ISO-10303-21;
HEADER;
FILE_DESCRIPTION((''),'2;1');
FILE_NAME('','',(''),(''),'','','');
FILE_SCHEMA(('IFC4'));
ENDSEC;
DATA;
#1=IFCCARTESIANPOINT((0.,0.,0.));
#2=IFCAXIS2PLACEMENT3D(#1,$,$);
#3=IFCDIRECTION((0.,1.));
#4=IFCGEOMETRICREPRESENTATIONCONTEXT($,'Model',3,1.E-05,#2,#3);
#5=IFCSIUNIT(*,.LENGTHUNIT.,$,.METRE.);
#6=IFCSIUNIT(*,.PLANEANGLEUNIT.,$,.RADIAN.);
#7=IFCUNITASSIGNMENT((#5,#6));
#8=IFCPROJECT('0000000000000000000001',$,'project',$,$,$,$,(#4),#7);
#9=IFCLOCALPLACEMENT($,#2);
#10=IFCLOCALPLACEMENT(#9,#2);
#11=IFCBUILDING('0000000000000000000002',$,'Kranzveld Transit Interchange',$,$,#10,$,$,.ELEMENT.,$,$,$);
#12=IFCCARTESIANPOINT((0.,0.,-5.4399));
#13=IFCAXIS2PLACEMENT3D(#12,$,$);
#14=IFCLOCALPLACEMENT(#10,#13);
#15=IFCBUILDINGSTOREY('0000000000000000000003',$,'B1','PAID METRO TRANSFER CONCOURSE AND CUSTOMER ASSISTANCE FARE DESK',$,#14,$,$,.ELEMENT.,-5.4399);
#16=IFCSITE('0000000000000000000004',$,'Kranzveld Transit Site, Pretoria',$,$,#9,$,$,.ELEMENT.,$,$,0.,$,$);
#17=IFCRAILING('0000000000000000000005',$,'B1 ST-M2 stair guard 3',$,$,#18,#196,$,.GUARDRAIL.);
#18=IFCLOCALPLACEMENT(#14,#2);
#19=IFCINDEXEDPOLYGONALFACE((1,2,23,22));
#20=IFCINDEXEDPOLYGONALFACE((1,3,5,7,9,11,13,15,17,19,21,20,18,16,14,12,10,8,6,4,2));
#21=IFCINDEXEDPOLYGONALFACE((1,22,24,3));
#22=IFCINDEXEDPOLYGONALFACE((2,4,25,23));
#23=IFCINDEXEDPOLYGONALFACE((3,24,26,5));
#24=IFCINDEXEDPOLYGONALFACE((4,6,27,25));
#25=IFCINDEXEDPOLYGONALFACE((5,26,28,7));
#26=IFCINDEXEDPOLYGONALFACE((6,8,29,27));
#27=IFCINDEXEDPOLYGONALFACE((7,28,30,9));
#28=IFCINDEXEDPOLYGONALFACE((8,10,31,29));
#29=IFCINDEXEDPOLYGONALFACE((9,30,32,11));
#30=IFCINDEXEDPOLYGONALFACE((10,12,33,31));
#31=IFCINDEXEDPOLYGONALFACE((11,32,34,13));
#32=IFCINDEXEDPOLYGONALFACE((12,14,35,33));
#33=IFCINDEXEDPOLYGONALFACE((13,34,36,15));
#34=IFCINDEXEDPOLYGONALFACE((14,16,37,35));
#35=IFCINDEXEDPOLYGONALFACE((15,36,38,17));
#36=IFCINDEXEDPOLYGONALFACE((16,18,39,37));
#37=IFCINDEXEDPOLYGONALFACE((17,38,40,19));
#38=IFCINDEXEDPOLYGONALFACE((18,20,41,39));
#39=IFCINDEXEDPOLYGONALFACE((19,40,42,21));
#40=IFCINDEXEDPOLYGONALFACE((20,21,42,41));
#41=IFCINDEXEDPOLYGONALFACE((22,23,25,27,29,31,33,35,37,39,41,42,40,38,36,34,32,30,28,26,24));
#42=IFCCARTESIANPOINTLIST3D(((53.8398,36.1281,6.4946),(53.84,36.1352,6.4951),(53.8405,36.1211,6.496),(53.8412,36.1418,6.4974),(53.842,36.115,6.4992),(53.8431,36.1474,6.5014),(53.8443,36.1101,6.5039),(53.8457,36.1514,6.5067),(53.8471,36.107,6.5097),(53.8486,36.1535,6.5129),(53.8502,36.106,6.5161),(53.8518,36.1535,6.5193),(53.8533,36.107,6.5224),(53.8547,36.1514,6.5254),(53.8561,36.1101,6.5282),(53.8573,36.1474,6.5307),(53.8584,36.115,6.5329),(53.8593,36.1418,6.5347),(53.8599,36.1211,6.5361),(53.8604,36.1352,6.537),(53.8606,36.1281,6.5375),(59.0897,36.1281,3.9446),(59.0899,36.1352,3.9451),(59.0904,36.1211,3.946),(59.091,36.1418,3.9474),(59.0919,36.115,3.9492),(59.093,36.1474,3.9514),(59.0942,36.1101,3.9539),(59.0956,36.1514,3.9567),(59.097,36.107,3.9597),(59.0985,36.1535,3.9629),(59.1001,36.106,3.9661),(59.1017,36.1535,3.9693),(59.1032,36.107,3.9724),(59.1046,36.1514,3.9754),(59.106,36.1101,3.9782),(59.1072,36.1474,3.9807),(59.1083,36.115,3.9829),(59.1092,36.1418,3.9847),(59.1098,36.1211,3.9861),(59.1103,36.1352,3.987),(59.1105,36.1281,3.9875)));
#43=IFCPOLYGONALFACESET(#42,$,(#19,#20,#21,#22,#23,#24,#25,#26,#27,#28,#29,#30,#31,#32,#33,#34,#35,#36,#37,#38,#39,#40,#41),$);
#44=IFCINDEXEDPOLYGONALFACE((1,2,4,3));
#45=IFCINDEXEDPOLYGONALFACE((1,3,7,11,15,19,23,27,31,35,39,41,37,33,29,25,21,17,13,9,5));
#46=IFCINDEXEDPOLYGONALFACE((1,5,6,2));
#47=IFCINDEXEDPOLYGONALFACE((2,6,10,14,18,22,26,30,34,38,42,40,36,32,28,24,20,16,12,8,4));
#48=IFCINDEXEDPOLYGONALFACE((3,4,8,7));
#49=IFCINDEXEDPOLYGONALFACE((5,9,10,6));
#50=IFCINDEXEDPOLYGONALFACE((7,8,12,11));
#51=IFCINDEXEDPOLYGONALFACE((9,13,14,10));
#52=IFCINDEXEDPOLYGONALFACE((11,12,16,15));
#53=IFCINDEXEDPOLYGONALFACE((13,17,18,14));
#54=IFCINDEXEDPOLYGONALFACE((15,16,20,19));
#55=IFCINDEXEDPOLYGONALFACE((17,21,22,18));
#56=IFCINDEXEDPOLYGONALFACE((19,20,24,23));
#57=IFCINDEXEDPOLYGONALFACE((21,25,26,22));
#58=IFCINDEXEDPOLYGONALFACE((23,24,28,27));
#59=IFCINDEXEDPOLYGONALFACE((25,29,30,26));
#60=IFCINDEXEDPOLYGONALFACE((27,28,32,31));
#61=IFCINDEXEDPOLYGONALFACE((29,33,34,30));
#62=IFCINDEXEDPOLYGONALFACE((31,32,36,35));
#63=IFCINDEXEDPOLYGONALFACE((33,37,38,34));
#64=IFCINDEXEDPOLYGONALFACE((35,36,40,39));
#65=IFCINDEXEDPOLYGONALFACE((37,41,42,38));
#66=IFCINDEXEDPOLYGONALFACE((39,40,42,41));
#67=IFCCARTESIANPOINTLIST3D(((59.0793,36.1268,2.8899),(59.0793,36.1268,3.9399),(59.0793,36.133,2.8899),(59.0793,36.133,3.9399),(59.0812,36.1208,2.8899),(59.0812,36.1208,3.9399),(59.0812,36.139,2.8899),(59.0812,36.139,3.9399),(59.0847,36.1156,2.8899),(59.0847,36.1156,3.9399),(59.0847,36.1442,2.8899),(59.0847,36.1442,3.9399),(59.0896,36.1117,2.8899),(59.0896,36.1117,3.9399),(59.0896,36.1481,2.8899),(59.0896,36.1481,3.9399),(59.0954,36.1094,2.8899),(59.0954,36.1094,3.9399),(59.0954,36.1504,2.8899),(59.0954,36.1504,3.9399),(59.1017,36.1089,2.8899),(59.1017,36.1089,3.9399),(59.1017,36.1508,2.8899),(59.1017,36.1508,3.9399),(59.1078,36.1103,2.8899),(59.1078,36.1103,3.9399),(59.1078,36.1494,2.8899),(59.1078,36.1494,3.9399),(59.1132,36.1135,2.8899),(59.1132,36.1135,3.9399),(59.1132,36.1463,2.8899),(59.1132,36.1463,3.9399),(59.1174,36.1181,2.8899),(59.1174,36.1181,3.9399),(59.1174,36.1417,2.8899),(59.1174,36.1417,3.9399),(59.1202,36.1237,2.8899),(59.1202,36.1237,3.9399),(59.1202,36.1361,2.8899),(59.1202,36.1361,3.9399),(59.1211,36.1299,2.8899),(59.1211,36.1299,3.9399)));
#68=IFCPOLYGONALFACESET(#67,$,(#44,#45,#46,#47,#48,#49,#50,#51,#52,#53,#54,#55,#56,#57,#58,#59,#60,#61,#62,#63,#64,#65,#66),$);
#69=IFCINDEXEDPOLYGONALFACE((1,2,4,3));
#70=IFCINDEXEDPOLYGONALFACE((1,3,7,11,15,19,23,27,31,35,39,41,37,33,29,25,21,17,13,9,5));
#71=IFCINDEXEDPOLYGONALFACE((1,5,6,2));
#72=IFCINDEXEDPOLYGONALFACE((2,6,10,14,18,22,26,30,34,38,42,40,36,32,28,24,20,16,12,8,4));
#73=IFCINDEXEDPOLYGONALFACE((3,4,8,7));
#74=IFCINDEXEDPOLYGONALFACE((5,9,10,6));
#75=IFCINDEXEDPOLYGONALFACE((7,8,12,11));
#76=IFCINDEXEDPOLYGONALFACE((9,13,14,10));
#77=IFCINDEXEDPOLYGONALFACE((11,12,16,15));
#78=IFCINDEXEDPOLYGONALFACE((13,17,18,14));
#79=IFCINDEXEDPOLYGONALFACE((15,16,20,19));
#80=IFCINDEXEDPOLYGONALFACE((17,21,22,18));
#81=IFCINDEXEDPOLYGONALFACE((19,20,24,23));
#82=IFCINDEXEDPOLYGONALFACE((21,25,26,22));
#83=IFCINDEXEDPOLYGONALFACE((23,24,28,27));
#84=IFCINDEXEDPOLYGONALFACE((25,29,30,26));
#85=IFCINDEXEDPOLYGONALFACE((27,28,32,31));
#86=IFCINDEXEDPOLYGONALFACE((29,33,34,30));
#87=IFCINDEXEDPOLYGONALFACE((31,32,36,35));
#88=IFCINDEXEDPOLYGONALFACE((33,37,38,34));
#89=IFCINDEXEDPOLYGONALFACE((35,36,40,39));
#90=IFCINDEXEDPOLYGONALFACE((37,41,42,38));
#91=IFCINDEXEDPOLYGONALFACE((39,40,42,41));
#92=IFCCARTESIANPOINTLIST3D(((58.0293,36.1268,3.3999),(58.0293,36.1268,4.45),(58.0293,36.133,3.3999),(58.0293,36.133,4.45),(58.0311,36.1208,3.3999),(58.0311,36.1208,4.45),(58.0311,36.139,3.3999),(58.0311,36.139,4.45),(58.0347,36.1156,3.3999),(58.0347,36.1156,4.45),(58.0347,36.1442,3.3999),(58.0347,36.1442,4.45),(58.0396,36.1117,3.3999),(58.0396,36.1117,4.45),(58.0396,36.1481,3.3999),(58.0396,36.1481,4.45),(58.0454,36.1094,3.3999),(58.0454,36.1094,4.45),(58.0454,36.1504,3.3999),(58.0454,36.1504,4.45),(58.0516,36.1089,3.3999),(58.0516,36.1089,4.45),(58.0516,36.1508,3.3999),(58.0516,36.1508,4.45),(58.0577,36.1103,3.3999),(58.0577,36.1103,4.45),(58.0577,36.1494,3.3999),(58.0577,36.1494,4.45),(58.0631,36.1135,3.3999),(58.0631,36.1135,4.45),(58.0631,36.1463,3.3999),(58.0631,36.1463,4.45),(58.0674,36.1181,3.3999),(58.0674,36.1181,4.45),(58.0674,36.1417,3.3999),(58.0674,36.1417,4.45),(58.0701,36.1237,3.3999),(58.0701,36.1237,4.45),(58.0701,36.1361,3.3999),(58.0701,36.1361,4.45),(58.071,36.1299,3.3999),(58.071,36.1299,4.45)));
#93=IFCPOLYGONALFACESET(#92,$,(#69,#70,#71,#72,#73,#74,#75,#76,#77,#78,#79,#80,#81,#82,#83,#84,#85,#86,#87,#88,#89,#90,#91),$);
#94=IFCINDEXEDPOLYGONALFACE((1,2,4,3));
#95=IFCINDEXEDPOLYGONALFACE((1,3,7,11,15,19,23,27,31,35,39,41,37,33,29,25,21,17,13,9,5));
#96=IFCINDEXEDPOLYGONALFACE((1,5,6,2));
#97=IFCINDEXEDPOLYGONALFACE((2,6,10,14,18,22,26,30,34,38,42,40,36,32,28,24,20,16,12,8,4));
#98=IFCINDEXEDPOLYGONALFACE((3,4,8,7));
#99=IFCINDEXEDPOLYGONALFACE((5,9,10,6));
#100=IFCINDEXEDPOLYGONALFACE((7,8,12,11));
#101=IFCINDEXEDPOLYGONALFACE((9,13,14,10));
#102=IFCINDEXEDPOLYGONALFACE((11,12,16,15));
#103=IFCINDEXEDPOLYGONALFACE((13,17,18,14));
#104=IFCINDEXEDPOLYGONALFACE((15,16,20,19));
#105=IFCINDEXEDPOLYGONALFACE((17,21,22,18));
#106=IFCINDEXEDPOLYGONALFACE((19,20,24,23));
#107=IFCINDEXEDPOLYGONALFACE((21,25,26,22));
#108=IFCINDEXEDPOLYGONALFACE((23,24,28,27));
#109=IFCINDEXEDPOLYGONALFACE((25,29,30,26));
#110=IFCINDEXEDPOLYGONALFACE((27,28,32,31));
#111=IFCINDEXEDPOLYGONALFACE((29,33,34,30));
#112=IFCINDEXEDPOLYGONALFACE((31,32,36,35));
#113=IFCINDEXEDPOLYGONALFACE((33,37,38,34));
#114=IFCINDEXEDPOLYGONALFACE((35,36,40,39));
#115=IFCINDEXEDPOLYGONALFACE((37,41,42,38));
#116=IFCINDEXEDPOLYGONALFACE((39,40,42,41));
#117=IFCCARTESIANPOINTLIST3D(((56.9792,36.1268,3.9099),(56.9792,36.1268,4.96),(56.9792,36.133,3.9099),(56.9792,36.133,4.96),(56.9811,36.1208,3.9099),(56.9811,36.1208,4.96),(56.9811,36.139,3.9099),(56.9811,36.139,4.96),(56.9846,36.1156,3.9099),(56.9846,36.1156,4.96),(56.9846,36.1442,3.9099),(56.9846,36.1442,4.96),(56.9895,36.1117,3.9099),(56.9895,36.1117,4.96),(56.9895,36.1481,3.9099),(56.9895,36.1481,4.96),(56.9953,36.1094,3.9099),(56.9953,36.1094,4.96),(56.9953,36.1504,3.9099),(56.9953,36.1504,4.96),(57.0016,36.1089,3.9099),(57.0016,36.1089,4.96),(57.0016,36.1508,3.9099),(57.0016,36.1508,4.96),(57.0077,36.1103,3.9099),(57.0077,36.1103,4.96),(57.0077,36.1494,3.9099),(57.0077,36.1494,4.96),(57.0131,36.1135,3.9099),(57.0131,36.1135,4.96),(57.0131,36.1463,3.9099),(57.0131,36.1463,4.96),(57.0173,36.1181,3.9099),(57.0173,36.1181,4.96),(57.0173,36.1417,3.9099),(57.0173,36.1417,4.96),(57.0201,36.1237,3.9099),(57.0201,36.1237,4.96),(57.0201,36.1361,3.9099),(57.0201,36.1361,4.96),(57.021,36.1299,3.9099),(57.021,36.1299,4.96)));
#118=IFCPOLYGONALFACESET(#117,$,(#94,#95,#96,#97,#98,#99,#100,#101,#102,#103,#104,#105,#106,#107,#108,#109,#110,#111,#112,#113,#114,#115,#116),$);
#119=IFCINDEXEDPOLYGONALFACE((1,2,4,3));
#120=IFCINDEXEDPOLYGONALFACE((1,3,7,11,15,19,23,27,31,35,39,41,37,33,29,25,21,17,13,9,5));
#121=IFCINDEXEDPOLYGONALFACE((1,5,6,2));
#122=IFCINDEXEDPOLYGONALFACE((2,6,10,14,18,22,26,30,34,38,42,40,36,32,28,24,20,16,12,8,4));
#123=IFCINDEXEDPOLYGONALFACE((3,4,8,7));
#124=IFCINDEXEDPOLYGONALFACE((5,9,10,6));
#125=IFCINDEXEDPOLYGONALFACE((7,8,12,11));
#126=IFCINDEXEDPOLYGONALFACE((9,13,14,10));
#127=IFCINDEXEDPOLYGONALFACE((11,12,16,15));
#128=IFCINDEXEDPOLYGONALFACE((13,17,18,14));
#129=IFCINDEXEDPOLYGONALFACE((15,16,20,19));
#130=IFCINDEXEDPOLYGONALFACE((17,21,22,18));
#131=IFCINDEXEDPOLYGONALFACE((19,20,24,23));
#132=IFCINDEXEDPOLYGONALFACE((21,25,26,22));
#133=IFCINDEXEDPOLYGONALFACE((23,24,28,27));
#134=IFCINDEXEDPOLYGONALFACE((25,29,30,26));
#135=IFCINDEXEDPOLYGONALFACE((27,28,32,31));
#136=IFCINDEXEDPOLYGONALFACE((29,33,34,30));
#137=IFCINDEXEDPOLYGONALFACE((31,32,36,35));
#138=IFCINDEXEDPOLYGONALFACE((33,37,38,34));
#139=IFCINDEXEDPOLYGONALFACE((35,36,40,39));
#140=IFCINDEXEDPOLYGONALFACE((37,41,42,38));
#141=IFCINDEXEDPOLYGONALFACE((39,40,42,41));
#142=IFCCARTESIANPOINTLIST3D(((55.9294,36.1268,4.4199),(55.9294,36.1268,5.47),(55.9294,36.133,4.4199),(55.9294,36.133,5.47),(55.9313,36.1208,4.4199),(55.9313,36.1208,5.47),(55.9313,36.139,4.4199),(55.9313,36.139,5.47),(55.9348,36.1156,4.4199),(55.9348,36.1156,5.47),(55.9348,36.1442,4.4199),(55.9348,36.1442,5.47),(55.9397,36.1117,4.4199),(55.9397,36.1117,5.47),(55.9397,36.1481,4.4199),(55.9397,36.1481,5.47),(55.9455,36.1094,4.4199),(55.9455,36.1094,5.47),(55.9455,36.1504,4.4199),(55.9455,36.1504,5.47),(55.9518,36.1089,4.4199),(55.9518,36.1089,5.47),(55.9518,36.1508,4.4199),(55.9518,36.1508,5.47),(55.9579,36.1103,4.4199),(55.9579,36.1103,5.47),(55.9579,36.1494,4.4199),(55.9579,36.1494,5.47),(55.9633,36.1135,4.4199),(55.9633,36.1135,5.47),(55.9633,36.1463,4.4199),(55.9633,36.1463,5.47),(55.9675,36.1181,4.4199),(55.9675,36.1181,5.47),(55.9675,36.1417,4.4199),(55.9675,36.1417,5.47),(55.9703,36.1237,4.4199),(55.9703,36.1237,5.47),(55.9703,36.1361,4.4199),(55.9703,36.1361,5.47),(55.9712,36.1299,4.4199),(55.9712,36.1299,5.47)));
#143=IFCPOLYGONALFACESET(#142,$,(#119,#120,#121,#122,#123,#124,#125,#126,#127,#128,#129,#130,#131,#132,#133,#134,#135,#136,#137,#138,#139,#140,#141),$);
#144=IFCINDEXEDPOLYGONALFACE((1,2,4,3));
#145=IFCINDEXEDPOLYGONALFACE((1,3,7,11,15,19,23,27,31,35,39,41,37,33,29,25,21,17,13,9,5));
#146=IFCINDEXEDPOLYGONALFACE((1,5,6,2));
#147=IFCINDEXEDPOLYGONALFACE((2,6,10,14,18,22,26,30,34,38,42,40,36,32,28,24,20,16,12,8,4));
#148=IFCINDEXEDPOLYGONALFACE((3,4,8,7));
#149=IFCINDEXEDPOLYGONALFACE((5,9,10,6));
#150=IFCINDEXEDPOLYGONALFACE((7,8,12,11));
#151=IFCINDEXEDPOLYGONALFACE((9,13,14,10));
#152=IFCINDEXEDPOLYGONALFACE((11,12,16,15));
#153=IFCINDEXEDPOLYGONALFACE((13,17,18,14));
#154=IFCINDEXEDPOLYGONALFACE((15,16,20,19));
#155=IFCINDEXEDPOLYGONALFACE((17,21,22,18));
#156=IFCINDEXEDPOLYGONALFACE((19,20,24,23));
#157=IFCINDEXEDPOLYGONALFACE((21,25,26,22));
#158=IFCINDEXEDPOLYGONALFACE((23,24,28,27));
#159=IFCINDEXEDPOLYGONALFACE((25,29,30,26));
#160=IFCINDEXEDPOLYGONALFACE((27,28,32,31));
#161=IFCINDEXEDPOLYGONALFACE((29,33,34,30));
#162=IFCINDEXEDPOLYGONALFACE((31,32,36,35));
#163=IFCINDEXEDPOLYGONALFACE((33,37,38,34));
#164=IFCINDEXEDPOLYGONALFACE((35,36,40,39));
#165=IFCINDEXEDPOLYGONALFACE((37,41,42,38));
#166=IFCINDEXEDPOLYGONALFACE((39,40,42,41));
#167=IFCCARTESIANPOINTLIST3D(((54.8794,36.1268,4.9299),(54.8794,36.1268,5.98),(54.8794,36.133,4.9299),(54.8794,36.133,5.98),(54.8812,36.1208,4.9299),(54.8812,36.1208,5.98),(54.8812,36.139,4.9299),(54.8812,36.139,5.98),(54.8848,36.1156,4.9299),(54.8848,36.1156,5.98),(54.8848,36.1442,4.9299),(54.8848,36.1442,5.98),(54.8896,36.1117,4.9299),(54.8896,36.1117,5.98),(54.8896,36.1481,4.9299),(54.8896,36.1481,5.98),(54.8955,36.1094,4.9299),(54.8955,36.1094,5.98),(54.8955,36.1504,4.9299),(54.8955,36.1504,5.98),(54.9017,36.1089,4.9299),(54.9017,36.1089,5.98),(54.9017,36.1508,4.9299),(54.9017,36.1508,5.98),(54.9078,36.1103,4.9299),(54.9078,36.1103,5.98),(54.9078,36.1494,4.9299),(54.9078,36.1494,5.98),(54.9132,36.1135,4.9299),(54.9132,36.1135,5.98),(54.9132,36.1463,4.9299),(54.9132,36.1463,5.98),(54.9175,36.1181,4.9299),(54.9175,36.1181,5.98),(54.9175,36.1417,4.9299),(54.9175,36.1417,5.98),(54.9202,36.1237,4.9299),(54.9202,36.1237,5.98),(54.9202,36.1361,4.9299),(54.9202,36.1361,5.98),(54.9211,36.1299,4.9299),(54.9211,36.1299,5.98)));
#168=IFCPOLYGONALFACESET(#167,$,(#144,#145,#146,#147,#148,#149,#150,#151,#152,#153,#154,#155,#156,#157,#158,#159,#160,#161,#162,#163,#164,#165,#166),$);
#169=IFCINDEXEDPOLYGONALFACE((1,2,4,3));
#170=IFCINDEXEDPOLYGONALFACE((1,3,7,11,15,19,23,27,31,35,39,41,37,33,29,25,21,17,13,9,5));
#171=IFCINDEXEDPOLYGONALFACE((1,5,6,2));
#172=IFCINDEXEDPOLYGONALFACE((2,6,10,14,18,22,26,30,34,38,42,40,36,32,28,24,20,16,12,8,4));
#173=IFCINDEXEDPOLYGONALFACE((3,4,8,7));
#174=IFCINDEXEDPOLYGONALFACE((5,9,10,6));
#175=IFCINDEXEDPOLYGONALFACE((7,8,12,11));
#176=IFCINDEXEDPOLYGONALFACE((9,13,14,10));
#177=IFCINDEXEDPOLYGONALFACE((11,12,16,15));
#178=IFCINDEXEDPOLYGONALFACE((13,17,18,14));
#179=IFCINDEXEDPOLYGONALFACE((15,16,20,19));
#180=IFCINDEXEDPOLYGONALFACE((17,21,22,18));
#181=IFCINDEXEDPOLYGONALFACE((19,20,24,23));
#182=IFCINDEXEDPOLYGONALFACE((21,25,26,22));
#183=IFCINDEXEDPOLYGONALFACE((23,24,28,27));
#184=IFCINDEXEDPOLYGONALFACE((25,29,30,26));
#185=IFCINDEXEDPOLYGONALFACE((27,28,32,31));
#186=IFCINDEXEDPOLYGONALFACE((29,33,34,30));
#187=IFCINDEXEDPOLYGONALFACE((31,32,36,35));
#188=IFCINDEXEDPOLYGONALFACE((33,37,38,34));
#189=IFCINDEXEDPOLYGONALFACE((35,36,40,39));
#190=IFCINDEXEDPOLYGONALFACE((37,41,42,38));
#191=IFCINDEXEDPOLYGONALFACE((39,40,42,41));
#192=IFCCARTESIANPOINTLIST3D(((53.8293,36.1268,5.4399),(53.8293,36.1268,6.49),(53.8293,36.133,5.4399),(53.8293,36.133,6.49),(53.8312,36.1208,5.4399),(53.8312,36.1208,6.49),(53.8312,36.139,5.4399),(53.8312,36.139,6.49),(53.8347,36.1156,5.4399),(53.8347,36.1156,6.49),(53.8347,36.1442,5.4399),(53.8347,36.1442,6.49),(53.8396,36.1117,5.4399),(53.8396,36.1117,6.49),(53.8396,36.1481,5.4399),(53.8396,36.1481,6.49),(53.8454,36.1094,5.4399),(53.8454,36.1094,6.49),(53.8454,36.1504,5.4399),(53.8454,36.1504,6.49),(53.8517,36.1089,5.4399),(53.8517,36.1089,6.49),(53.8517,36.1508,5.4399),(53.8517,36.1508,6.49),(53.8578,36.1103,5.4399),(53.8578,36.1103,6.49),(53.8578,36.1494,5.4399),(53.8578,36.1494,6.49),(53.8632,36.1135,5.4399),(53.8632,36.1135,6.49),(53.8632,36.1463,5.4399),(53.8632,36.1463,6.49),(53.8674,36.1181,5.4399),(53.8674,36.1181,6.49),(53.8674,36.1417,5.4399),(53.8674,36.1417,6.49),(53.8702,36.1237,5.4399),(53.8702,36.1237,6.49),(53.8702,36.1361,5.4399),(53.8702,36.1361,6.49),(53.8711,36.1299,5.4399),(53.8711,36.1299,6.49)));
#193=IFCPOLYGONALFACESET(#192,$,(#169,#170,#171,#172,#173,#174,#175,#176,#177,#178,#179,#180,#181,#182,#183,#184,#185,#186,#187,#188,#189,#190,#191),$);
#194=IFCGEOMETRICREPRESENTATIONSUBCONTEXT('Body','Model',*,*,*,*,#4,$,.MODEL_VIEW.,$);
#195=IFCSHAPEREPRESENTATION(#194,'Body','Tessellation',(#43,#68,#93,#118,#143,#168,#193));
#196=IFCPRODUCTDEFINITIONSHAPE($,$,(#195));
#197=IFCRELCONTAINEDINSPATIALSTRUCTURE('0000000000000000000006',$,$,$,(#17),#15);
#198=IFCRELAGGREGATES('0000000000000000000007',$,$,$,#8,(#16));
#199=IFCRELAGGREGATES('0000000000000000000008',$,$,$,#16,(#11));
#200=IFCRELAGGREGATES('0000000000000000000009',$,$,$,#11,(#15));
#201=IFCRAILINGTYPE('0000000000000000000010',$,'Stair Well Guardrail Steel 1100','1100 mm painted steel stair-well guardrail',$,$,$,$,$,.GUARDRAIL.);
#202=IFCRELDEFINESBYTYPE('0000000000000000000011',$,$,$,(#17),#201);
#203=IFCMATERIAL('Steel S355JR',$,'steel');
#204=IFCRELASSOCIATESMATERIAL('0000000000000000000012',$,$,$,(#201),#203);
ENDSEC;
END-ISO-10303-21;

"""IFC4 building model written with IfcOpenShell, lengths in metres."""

from ifc_helpers import new_model, si_unit, direction, frame, origin, origin_2d, place, context, subcontext, project, spatial, circle, extrude, material, type_object, element, save


model = new_model("IFC4")

# Units and contexts
model_context = context("Model", 3, precision=1e-05, world=origin(), true_north=direction((0.0, 1.0)))
body_context = subcontext(model_context, "Body", "Model", "MODEL_VIEW")
ifc_project = project(units=[si_unit("LENGTHUNIT", "METRE"), si_unit("PLANEANGLEUNIT", "RADIAN")], contexts=[model_context])

# Site, building, storey
site_placement = place(None, origin())
site = spatial("IfcSite", under=ifc_project, at=site_placement, Name="Kranzveld Transit Site, Pretoria", CompositionType="ELEMENT", RefElevation=0.0)
building_placement = place(site_placement, origin())
building = spatial("IfcBuilding", under=site, at=building_placement, Name="Kranzveld Transit Interchange", CompositionType="ELEMENT")
storey_placement = place(building_placement, frame((0.0, 0.0, -5.4399)))
storey = spatial("IfcBuildingStorey", under=building, at=storey_placement, Name="B1", Description="PAID METRO TRANSFER CONCOURSE AND CUSTOMER ASSISTANCE FARE DESK", CompositionType="ELEMENT", Elevation=-5.4399)

# Railing
ifc_material_1 = material(Name="Steel S355JR", Category="steel")
railing_type_1 = type_object("IfcRailingType", Name="Stair Well Guardrail Steel 1100", Description="1100 mm painted steel stair-well guardrail", PredefinedType="GUARDRAIL", material=ifc_material_1)
railing_1_placement = place(storey_placement, frame((59.1001, 36.1299, 2.8899)))
element("IfcRailing", 1, at=railing_1_placement, inside=storey, type_object=railing_type_1, Name="B1 ST-M2 stair guard 3", PredefinedType="GUARDRAIL", context=body_context, shape_type="SweptSolid", body=[
    extrude(circle(Radius=0.0239, at=origin_2d()), frame((0.0, 0.0, 1.0762), z_axis=(-0.899505, 0.0, 0.436911), x_axis=(0.0, -1.0, 0.0)), (0.0, 0.0, 1.0), 5.8364),
    extrude(circle(Radius=0.021, at=origin_2d()), origin(), (0.0, 0.0, 1.0), 1.05),
    extrude(circle(Radius=0.021, at=origin_2d()), frame((-1.05, 0.0, 0.51)), (0.0, 0.0, 1.0), 1.05),
    extrude(circle(Radius=0.021, at=origin_2d()), frame((-2.1001, 0.0, 1.02)), (0.0, 0.0, 1.0), 1.05),
    extrude(circle(Radius=0.021, at=origin_2d()), frame((-3.1499, 0.0, 1.53)), (0.0, 0.0, 1.0), 1.05),
    extrude(circle(Radius=0.021, at=origin_2d()), frame((-4.2, 0.0, 2.04)), (0.0, 0.0, 1.0), 1.05),
    extrude(circle(Radius=0.021, at=origin_2d()), frame((-5.25, 0.0, 2.55)), (0.0, 0.0, 1.0), 1.05),
])

save(model, "model.ifc")
